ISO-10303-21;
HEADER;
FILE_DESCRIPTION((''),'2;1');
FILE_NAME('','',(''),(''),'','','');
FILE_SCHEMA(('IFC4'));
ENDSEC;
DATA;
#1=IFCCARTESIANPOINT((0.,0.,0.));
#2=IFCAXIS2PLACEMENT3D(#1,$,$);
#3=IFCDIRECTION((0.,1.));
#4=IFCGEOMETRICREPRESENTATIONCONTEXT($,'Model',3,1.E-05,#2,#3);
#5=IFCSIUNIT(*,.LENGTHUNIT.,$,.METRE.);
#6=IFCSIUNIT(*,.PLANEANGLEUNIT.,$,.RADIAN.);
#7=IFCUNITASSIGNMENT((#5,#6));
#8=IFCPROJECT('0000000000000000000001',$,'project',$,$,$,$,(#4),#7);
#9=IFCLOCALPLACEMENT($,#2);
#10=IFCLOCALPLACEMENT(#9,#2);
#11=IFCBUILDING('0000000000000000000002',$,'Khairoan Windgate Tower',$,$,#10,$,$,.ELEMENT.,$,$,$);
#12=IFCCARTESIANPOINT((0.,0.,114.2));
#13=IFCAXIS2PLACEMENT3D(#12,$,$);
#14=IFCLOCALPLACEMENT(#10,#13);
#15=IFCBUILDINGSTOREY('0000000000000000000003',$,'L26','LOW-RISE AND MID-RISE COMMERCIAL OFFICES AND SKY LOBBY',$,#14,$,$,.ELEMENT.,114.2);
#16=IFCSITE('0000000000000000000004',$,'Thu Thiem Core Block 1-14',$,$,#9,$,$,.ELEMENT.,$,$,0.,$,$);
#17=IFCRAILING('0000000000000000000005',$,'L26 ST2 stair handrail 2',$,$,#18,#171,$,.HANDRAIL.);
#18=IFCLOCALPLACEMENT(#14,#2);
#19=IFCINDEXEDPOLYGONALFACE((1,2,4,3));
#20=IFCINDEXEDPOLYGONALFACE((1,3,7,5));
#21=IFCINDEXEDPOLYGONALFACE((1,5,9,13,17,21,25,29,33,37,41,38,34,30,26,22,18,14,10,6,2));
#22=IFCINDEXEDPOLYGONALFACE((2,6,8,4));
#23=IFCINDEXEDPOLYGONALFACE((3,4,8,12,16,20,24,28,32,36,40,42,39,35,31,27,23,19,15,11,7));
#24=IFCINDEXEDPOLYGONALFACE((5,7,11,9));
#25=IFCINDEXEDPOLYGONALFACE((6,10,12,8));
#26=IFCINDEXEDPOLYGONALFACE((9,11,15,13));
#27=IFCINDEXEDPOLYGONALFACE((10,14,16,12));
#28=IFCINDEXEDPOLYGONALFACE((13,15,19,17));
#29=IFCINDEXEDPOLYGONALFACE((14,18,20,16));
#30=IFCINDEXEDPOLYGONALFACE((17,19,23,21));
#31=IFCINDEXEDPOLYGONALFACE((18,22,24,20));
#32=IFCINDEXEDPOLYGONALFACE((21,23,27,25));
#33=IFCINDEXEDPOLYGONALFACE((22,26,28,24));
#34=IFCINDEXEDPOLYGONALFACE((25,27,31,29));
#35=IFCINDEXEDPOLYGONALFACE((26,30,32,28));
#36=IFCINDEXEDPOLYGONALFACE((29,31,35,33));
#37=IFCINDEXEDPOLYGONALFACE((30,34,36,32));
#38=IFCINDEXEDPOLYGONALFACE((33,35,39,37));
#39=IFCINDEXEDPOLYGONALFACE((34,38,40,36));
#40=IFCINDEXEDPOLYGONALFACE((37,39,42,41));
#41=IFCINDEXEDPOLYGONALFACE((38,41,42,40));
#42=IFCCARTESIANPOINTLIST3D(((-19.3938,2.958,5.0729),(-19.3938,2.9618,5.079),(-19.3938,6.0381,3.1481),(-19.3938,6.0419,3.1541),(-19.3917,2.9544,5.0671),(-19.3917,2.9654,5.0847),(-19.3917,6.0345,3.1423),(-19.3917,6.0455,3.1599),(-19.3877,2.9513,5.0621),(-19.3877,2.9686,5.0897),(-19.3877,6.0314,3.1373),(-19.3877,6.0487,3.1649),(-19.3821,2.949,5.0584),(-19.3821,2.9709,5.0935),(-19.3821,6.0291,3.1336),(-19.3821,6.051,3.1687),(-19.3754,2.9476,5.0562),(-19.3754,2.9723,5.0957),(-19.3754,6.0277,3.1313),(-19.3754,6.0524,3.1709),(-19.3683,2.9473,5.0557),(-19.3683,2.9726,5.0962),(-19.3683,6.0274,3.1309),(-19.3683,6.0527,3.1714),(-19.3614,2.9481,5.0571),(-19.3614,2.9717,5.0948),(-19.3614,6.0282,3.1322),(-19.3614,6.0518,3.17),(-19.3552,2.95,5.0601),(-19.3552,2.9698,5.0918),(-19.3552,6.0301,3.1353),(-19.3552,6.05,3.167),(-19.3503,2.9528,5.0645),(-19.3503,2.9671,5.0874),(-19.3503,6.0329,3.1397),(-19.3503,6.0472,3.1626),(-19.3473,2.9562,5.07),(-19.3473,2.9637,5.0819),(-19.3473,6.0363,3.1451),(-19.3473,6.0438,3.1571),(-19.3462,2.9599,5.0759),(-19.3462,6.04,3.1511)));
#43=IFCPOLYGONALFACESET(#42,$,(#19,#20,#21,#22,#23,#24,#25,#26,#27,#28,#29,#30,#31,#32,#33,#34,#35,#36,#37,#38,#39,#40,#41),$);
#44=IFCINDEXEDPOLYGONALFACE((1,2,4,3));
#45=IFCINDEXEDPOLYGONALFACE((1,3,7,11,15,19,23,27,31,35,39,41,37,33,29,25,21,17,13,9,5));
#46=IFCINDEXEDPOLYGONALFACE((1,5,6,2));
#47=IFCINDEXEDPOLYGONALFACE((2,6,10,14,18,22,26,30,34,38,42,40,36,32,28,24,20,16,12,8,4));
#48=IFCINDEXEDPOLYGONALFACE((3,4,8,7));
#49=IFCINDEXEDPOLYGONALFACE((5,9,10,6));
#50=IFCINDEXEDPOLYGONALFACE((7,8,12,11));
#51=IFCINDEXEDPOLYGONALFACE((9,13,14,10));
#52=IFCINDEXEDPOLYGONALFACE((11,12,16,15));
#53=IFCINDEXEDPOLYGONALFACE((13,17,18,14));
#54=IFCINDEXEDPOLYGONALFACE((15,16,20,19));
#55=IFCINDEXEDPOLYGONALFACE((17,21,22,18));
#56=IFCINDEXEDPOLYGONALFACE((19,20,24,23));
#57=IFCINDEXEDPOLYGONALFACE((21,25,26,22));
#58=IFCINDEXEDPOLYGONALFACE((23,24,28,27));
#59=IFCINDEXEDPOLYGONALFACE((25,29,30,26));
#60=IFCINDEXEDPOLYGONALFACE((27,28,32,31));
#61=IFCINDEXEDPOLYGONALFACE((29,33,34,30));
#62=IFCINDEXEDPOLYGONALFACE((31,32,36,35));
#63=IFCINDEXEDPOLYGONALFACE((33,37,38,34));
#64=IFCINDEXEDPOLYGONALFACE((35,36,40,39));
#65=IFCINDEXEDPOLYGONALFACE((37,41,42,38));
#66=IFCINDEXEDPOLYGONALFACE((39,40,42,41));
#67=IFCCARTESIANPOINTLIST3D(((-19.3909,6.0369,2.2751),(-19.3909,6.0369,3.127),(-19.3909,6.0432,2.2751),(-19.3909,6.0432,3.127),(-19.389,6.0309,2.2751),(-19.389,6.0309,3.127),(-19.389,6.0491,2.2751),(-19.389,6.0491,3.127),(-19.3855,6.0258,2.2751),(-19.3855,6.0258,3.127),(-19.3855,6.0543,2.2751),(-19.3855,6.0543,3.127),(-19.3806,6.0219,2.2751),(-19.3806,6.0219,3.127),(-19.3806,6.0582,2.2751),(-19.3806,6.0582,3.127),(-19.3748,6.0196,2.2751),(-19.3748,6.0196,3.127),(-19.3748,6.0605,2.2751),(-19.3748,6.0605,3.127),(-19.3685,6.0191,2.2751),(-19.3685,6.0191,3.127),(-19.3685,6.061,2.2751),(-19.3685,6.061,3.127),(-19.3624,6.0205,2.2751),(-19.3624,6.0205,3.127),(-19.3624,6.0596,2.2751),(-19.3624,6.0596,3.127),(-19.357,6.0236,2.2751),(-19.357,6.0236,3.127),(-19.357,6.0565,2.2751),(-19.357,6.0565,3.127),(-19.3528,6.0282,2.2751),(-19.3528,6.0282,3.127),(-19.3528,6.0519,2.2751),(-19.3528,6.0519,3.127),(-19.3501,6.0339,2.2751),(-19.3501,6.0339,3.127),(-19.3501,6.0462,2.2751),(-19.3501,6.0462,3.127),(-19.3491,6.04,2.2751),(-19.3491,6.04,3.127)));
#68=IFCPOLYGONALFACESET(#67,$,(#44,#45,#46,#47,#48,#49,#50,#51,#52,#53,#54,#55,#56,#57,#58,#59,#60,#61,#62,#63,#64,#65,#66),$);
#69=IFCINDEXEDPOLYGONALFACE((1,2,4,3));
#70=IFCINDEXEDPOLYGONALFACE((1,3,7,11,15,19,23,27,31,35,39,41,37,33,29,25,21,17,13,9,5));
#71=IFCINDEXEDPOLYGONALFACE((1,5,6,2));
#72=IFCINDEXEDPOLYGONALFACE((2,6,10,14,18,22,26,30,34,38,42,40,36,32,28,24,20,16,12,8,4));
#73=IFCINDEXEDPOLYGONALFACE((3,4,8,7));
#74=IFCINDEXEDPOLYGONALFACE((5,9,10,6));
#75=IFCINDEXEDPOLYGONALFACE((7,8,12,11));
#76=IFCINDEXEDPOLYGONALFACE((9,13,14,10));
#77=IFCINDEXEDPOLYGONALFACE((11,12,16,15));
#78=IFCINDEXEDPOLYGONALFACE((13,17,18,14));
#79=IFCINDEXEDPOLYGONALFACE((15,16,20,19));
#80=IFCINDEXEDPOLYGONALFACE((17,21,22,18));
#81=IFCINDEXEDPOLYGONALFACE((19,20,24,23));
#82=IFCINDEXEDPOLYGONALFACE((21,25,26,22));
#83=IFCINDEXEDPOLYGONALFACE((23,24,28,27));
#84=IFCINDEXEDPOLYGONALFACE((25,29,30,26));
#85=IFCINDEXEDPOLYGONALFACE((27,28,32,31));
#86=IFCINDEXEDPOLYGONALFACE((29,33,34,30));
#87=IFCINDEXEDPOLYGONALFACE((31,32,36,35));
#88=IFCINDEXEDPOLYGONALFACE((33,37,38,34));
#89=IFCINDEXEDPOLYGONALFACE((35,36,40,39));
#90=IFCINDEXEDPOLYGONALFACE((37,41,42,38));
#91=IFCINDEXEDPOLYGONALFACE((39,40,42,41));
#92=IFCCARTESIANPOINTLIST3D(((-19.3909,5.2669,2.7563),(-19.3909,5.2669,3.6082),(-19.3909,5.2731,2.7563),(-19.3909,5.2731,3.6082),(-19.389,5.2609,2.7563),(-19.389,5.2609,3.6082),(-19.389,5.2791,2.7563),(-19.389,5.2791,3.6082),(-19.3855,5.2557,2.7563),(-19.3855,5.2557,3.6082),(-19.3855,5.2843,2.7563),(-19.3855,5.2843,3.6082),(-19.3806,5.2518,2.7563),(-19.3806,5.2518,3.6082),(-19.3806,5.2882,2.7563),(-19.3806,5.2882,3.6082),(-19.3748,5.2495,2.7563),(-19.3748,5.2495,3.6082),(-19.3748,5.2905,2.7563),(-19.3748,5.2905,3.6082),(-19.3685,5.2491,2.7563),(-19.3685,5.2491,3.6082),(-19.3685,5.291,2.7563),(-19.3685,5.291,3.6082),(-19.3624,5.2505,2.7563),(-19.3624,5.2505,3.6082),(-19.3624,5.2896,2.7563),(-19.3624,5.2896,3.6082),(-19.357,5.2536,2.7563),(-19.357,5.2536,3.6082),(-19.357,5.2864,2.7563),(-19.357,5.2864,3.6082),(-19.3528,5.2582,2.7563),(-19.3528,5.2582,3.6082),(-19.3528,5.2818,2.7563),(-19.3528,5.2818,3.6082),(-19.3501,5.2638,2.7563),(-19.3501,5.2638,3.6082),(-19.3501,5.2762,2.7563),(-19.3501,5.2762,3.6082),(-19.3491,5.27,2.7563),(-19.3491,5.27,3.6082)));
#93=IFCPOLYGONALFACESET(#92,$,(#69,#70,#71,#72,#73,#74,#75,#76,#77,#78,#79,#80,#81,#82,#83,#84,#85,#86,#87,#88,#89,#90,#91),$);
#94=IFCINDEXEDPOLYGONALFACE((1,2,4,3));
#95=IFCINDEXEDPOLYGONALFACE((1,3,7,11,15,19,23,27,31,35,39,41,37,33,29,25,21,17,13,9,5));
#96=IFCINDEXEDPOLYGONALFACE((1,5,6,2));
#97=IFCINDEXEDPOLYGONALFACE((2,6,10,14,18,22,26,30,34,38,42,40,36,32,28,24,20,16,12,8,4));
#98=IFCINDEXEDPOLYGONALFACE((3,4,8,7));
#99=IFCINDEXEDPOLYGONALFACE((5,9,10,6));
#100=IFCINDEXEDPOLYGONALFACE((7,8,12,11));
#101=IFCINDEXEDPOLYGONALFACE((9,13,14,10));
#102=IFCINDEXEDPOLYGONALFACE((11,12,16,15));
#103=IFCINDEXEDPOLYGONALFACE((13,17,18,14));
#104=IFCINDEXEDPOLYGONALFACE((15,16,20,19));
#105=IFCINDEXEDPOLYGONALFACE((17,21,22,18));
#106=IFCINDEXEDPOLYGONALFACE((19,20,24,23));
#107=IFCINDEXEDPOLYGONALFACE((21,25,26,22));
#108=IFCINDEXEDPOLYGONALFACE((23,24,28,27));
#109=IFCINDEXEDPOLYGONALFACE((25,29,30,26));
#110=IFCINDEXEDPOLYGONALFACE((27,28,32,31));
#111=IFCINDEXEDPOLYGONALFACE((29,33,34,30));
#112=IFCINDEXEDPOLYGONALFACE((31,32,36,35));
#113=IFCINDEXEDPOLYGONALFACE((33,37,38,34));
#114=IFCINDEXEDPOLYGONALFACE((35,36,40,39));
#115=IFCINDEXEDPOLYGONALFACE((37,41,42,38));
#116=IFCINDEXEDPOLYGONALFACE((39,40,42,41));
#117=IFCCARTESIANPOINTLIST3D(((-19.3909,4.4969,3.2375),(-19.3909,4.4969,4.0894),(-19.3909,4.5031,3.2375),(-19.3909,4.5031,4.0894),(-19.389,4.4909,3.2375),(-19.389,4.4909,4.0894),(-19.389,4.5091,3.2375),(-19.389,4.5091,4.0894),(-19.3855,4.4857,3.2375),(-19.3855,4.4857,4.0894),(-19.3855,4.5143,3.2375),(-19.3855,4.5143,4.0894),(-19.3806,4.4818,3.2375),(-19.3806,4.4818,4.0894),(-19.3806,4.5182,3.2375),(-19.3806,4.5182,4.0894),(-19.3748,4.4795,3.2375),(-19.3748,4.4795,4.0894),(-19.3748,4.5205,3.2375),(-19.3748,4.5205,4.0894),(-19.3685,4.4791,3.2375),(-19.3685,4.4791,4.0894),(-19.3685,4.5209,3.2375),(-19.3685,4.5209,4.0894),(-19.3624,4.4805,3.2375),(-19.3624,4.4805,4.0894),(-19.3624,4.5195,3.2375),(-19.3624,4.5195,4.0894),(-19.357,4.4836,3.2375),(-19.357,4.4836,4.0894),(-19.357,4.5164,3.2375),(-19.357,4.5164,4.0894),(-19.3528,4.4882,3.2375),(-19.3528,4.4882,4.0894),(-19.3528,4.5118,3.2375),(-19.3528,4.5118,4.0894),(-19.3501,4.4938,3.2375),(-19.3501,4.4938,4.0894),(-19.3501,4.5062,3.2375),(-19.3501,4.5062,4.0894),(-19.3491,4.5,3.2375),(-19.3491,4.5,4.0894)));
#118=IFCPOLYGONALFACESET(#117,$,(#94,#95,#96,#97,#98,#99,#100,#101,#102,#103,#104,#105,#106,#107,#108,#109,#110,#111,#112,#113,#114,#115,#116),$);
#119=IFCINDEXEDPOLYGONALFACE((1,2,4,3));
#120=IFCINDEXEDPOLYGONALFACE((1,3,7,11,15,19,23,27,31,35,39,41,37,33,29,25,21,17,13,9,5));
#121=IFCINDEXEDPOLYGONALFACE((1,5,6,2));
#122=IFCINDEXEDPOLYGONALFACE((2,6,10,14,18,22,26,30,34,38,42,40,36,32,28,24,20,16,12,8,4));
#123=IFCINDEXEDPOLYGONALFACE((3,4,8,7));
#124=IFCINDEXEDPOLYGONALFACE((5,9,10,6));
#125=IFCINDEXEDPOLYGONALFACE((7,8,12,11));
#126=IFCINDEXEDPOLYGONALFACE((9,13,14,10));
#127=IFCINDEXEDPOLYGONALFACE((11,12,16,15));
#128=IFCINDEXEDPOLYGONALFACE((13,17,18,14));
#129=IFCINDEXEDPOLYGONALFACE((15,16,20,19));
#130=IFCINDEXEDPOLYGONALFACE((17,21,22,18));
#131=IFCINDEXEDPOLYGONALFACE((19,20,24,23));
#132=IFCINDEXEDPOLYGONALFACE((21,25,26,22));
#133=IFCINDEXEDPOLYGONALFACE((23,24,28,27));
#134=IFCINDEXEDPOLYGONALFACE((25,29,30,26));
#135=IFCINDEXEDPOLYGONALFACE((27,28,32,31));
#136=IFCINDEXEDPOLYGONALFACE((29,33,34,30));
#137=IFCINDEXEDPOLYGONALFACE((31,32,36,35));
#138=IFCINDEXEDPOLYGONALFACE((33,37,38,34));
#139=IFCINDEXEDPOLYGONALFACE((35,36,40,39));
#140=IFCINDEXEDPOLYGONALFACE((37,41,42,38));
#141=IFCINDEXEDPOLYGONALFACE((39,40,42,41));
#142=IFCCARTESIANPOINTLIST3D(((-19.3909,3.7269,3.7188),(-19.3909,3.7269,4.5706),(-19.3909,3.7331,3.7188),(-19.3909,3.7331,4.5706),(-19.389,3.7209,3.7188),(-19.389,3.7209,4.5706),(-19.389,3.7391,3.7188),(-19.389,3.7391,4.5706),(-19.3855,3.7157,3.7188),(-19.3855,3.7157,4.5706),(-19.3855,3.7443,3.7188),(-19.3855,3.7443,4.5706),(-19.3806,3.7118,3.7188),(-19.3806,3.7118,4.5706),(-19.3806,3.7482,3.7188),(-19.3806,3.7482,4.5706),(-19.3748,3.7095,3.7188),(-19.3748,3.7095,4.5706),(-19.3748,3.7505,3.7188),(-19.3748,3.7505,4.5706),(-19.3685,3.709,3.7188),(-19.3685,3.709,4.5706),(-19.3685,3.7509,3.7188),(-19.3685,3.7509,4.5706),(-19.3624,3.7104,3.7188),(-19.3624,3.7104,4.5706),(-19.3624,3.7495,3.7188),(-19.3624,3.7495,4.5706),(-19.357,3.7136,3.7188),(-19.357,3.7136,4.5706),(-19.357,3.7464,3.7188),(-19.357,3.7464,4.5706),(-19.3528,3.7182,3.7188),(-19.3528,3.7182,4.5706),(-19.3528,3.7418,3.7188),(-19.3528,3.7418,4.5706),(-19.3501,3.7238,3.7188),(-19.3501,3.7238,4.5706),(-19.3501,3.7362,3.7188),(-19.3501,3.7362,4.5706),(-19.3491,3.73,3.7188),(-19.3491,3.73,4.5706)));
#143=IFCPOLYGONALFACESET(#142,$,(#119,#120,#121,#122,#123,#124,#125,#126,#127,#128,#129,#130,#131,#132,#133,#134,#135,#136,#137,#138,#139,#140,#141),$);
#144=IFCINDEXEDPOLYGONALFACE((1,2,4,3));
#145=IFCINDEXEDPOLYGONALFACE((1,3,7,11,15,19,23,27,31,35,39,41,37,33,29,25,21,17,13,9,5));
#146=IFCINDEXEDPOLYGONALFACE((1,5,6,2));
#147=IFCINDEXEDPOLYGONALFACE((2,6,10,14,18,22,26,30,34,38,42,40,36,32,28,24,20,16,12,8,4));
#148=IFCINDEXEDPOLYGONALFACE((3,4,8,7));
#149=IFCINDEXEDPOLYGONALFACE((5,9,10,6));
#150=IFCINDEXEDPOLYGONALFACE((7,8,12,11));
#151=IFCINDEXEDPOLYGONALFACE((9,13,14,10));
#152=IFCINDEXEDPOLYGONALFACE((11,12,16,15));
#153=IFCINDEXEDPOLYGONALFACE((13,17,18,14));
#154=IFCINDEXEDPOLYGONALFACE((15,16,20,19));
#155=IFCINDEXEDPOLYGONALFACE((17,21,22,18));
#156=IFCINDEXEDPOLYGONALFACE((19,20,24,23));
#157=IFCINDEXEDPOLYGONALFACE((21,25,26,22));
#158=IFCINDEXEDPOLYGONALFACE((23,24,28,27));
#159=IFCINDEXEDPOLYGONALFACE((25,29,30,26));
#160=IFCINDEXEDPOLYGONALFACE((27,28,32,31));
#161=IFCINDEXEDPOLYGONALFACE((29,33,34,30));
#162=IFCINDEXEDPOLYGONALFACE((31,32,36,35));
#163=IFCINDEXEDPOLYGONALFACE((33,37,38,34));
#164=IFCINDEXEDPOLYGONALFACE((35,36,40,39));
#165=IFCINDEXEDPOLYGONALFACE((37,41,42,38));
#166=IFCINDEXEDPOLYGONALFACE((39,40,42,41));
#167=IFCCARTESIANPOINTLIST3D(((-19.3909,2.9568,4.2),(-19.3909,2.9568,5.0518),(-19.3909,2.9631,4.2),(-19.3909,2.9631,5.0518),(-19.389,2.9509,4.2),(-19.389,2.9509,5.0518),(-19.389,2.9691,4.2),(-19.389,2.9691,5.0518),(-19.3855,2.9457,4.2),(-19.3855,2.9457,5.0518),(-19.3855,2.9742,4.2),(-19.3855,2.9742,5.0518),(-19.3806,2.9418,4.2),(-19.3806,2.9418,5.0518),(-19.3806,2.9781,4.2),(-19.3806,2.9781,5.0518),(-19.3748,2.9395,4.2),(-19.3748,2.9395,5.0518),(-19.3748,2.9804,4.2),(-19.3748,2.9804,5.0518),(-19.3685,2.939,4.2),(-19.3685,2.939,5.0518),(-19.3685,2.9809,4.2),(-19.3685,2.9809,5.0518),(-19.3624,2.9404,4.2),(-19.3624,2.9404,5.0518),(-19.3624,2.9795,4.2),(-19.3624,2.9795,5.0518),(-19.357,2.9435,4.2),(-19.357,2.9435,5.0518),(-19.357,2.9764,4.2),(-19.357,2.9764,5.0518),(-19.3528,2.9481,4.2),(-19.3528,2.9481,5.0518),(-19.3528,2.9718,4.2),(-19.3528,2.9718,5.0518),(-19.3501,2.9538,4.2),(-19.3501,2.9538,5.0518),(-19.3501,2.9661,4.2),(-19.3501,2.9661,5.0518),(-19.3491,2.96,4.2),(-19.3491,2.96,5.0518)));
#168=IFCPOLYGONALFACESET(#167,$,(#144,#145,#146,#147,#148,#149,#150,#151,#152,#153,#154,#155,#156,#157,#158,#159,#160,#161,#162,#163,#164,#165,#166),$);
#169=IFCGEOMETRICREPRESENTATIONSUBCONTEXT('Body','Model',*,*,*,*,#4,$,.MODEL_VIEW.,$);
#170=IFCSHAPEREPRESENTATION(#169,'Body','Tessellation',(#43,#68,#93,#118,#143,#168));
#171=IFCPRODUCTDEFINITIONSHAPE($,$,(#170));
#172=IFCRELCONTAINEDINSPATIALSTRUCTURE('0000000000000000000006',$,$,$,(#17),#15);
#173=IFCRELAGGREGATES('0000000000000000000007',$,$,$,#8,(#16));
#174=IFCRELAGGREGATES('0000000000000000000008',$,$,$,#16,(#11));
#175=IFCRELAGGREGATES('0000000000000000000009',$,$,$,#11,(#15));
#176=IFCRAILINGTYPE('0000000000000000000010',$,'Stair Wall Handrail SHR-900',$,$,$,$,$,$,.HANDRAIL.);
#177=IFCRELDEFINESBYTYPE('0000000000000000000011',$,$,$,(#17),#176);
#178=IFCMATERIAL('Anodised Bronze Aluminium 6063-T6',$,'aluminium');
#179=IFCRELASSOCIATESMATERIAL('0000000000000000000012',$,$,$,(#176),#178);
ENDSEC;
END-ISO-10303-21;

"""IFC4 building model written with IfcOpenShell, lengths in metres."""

from ifc_helpers import new_model, si_unit, direction, frame, origin, origin_2d, place, context, subcontext, project, spatial, circle, extrude, material, type_object, element, save


model = new_model("IFC4")

# Units and contexts
model_context = context("Model", 3, precision=1e-05, world=origin(), true_north=direction((0.0, 1.0)))
body_context = subcontext(model_context, "Body", "Model", "MODEL_VIEW")
ifc_project = project(units=[si_unit("LENGTHUNIT", "METRE"), si_unit("PLANEANGLEUNIT", "RADIAN")], contexts=[model_context])

# Site, building, storey
site_placement = place(None, origin())
site = spatial("IfcSite", under=ifc_project, at=site_placement, Name="Thu Thiem Core Block 1-14", CompositionType="ELEMENT", RefElevation=0.0)
building_placement = place(site_placement, origin())
building = spatial("IfcBuilding", under=site, at=building_placement, Name="Khairoan Windgate Tower", CompositionType="ELEMENT")
storey_placement = place(building_placement, frame((0.0, 0.0, 114.2)))
storey = spatial("IfcBuildingStorey", under=building, at=storey_placement, Name="L26", Description="LOW-RISE AND MID-RISE COMMERCIAL OFFICES AND SKY LOBBY", CompositionType="ELEMENT", Elevation=114.2)

# Railing
ifc_material_1 = material(Name="Anodised Bronze Aluminium 6063-T6", Category="aluminium")
railing_type_1 = type_object("IfcRailingType", Name="Stair Wall Handrail SHR-900", PredefinedType="HANDRAIL", material=ifc_material_1)
railing_1_placement = place(storey_placement, frame((-19.3701, 6.04, 2.2751)))
element("IfcRailing", 1, at=railing_1_placement, inside=storey, type_object=railing_type_1, Name="L26 ST2 stair handrail 2", PredefinedType="HANDRAIL", context=body_context, shape_type="SweptSolid", body=[
    extrude(circle(Radius=0.0239, at=origin_2d()), frame((0.0, 0.0, 0.876), z_axis=(0.0, -0.848029, 0.529951), x_axis=(1.0, 0.0, 0.0)), (0.0, 0.0, 1.0), 3.6321),
    extrude(circle(Radius=0.021, at=origin_2d()), origin(), (0.0, 0.0, 1.0), 0.8518),
    extrude(circle(Radius=0.021, at=origin_2d()), frame((0.0, -0.77, 0.4812)), (0.0, 0.0, 1.0), 0.8518),
    extrude(circle(Radius=0.021, at=origin_2d()), frame((0.0, -1.54, 0.9624)), (0.0, 0.0, 1.0), 0.8518),
    extrude(circle(Radius=0.021, at=origin_2d()), frame((0.0, -2.3101, 1.4436)), (0.0, 0.0, 1.0), 0.8518),
    extrude(circle(Radius=0.021, at=origin_2d()), frame((0.0, -3.0801, 1.9248)), (0.0, 0.0, 1.0), 0.8518),
])

save(model, "model.ifc")
